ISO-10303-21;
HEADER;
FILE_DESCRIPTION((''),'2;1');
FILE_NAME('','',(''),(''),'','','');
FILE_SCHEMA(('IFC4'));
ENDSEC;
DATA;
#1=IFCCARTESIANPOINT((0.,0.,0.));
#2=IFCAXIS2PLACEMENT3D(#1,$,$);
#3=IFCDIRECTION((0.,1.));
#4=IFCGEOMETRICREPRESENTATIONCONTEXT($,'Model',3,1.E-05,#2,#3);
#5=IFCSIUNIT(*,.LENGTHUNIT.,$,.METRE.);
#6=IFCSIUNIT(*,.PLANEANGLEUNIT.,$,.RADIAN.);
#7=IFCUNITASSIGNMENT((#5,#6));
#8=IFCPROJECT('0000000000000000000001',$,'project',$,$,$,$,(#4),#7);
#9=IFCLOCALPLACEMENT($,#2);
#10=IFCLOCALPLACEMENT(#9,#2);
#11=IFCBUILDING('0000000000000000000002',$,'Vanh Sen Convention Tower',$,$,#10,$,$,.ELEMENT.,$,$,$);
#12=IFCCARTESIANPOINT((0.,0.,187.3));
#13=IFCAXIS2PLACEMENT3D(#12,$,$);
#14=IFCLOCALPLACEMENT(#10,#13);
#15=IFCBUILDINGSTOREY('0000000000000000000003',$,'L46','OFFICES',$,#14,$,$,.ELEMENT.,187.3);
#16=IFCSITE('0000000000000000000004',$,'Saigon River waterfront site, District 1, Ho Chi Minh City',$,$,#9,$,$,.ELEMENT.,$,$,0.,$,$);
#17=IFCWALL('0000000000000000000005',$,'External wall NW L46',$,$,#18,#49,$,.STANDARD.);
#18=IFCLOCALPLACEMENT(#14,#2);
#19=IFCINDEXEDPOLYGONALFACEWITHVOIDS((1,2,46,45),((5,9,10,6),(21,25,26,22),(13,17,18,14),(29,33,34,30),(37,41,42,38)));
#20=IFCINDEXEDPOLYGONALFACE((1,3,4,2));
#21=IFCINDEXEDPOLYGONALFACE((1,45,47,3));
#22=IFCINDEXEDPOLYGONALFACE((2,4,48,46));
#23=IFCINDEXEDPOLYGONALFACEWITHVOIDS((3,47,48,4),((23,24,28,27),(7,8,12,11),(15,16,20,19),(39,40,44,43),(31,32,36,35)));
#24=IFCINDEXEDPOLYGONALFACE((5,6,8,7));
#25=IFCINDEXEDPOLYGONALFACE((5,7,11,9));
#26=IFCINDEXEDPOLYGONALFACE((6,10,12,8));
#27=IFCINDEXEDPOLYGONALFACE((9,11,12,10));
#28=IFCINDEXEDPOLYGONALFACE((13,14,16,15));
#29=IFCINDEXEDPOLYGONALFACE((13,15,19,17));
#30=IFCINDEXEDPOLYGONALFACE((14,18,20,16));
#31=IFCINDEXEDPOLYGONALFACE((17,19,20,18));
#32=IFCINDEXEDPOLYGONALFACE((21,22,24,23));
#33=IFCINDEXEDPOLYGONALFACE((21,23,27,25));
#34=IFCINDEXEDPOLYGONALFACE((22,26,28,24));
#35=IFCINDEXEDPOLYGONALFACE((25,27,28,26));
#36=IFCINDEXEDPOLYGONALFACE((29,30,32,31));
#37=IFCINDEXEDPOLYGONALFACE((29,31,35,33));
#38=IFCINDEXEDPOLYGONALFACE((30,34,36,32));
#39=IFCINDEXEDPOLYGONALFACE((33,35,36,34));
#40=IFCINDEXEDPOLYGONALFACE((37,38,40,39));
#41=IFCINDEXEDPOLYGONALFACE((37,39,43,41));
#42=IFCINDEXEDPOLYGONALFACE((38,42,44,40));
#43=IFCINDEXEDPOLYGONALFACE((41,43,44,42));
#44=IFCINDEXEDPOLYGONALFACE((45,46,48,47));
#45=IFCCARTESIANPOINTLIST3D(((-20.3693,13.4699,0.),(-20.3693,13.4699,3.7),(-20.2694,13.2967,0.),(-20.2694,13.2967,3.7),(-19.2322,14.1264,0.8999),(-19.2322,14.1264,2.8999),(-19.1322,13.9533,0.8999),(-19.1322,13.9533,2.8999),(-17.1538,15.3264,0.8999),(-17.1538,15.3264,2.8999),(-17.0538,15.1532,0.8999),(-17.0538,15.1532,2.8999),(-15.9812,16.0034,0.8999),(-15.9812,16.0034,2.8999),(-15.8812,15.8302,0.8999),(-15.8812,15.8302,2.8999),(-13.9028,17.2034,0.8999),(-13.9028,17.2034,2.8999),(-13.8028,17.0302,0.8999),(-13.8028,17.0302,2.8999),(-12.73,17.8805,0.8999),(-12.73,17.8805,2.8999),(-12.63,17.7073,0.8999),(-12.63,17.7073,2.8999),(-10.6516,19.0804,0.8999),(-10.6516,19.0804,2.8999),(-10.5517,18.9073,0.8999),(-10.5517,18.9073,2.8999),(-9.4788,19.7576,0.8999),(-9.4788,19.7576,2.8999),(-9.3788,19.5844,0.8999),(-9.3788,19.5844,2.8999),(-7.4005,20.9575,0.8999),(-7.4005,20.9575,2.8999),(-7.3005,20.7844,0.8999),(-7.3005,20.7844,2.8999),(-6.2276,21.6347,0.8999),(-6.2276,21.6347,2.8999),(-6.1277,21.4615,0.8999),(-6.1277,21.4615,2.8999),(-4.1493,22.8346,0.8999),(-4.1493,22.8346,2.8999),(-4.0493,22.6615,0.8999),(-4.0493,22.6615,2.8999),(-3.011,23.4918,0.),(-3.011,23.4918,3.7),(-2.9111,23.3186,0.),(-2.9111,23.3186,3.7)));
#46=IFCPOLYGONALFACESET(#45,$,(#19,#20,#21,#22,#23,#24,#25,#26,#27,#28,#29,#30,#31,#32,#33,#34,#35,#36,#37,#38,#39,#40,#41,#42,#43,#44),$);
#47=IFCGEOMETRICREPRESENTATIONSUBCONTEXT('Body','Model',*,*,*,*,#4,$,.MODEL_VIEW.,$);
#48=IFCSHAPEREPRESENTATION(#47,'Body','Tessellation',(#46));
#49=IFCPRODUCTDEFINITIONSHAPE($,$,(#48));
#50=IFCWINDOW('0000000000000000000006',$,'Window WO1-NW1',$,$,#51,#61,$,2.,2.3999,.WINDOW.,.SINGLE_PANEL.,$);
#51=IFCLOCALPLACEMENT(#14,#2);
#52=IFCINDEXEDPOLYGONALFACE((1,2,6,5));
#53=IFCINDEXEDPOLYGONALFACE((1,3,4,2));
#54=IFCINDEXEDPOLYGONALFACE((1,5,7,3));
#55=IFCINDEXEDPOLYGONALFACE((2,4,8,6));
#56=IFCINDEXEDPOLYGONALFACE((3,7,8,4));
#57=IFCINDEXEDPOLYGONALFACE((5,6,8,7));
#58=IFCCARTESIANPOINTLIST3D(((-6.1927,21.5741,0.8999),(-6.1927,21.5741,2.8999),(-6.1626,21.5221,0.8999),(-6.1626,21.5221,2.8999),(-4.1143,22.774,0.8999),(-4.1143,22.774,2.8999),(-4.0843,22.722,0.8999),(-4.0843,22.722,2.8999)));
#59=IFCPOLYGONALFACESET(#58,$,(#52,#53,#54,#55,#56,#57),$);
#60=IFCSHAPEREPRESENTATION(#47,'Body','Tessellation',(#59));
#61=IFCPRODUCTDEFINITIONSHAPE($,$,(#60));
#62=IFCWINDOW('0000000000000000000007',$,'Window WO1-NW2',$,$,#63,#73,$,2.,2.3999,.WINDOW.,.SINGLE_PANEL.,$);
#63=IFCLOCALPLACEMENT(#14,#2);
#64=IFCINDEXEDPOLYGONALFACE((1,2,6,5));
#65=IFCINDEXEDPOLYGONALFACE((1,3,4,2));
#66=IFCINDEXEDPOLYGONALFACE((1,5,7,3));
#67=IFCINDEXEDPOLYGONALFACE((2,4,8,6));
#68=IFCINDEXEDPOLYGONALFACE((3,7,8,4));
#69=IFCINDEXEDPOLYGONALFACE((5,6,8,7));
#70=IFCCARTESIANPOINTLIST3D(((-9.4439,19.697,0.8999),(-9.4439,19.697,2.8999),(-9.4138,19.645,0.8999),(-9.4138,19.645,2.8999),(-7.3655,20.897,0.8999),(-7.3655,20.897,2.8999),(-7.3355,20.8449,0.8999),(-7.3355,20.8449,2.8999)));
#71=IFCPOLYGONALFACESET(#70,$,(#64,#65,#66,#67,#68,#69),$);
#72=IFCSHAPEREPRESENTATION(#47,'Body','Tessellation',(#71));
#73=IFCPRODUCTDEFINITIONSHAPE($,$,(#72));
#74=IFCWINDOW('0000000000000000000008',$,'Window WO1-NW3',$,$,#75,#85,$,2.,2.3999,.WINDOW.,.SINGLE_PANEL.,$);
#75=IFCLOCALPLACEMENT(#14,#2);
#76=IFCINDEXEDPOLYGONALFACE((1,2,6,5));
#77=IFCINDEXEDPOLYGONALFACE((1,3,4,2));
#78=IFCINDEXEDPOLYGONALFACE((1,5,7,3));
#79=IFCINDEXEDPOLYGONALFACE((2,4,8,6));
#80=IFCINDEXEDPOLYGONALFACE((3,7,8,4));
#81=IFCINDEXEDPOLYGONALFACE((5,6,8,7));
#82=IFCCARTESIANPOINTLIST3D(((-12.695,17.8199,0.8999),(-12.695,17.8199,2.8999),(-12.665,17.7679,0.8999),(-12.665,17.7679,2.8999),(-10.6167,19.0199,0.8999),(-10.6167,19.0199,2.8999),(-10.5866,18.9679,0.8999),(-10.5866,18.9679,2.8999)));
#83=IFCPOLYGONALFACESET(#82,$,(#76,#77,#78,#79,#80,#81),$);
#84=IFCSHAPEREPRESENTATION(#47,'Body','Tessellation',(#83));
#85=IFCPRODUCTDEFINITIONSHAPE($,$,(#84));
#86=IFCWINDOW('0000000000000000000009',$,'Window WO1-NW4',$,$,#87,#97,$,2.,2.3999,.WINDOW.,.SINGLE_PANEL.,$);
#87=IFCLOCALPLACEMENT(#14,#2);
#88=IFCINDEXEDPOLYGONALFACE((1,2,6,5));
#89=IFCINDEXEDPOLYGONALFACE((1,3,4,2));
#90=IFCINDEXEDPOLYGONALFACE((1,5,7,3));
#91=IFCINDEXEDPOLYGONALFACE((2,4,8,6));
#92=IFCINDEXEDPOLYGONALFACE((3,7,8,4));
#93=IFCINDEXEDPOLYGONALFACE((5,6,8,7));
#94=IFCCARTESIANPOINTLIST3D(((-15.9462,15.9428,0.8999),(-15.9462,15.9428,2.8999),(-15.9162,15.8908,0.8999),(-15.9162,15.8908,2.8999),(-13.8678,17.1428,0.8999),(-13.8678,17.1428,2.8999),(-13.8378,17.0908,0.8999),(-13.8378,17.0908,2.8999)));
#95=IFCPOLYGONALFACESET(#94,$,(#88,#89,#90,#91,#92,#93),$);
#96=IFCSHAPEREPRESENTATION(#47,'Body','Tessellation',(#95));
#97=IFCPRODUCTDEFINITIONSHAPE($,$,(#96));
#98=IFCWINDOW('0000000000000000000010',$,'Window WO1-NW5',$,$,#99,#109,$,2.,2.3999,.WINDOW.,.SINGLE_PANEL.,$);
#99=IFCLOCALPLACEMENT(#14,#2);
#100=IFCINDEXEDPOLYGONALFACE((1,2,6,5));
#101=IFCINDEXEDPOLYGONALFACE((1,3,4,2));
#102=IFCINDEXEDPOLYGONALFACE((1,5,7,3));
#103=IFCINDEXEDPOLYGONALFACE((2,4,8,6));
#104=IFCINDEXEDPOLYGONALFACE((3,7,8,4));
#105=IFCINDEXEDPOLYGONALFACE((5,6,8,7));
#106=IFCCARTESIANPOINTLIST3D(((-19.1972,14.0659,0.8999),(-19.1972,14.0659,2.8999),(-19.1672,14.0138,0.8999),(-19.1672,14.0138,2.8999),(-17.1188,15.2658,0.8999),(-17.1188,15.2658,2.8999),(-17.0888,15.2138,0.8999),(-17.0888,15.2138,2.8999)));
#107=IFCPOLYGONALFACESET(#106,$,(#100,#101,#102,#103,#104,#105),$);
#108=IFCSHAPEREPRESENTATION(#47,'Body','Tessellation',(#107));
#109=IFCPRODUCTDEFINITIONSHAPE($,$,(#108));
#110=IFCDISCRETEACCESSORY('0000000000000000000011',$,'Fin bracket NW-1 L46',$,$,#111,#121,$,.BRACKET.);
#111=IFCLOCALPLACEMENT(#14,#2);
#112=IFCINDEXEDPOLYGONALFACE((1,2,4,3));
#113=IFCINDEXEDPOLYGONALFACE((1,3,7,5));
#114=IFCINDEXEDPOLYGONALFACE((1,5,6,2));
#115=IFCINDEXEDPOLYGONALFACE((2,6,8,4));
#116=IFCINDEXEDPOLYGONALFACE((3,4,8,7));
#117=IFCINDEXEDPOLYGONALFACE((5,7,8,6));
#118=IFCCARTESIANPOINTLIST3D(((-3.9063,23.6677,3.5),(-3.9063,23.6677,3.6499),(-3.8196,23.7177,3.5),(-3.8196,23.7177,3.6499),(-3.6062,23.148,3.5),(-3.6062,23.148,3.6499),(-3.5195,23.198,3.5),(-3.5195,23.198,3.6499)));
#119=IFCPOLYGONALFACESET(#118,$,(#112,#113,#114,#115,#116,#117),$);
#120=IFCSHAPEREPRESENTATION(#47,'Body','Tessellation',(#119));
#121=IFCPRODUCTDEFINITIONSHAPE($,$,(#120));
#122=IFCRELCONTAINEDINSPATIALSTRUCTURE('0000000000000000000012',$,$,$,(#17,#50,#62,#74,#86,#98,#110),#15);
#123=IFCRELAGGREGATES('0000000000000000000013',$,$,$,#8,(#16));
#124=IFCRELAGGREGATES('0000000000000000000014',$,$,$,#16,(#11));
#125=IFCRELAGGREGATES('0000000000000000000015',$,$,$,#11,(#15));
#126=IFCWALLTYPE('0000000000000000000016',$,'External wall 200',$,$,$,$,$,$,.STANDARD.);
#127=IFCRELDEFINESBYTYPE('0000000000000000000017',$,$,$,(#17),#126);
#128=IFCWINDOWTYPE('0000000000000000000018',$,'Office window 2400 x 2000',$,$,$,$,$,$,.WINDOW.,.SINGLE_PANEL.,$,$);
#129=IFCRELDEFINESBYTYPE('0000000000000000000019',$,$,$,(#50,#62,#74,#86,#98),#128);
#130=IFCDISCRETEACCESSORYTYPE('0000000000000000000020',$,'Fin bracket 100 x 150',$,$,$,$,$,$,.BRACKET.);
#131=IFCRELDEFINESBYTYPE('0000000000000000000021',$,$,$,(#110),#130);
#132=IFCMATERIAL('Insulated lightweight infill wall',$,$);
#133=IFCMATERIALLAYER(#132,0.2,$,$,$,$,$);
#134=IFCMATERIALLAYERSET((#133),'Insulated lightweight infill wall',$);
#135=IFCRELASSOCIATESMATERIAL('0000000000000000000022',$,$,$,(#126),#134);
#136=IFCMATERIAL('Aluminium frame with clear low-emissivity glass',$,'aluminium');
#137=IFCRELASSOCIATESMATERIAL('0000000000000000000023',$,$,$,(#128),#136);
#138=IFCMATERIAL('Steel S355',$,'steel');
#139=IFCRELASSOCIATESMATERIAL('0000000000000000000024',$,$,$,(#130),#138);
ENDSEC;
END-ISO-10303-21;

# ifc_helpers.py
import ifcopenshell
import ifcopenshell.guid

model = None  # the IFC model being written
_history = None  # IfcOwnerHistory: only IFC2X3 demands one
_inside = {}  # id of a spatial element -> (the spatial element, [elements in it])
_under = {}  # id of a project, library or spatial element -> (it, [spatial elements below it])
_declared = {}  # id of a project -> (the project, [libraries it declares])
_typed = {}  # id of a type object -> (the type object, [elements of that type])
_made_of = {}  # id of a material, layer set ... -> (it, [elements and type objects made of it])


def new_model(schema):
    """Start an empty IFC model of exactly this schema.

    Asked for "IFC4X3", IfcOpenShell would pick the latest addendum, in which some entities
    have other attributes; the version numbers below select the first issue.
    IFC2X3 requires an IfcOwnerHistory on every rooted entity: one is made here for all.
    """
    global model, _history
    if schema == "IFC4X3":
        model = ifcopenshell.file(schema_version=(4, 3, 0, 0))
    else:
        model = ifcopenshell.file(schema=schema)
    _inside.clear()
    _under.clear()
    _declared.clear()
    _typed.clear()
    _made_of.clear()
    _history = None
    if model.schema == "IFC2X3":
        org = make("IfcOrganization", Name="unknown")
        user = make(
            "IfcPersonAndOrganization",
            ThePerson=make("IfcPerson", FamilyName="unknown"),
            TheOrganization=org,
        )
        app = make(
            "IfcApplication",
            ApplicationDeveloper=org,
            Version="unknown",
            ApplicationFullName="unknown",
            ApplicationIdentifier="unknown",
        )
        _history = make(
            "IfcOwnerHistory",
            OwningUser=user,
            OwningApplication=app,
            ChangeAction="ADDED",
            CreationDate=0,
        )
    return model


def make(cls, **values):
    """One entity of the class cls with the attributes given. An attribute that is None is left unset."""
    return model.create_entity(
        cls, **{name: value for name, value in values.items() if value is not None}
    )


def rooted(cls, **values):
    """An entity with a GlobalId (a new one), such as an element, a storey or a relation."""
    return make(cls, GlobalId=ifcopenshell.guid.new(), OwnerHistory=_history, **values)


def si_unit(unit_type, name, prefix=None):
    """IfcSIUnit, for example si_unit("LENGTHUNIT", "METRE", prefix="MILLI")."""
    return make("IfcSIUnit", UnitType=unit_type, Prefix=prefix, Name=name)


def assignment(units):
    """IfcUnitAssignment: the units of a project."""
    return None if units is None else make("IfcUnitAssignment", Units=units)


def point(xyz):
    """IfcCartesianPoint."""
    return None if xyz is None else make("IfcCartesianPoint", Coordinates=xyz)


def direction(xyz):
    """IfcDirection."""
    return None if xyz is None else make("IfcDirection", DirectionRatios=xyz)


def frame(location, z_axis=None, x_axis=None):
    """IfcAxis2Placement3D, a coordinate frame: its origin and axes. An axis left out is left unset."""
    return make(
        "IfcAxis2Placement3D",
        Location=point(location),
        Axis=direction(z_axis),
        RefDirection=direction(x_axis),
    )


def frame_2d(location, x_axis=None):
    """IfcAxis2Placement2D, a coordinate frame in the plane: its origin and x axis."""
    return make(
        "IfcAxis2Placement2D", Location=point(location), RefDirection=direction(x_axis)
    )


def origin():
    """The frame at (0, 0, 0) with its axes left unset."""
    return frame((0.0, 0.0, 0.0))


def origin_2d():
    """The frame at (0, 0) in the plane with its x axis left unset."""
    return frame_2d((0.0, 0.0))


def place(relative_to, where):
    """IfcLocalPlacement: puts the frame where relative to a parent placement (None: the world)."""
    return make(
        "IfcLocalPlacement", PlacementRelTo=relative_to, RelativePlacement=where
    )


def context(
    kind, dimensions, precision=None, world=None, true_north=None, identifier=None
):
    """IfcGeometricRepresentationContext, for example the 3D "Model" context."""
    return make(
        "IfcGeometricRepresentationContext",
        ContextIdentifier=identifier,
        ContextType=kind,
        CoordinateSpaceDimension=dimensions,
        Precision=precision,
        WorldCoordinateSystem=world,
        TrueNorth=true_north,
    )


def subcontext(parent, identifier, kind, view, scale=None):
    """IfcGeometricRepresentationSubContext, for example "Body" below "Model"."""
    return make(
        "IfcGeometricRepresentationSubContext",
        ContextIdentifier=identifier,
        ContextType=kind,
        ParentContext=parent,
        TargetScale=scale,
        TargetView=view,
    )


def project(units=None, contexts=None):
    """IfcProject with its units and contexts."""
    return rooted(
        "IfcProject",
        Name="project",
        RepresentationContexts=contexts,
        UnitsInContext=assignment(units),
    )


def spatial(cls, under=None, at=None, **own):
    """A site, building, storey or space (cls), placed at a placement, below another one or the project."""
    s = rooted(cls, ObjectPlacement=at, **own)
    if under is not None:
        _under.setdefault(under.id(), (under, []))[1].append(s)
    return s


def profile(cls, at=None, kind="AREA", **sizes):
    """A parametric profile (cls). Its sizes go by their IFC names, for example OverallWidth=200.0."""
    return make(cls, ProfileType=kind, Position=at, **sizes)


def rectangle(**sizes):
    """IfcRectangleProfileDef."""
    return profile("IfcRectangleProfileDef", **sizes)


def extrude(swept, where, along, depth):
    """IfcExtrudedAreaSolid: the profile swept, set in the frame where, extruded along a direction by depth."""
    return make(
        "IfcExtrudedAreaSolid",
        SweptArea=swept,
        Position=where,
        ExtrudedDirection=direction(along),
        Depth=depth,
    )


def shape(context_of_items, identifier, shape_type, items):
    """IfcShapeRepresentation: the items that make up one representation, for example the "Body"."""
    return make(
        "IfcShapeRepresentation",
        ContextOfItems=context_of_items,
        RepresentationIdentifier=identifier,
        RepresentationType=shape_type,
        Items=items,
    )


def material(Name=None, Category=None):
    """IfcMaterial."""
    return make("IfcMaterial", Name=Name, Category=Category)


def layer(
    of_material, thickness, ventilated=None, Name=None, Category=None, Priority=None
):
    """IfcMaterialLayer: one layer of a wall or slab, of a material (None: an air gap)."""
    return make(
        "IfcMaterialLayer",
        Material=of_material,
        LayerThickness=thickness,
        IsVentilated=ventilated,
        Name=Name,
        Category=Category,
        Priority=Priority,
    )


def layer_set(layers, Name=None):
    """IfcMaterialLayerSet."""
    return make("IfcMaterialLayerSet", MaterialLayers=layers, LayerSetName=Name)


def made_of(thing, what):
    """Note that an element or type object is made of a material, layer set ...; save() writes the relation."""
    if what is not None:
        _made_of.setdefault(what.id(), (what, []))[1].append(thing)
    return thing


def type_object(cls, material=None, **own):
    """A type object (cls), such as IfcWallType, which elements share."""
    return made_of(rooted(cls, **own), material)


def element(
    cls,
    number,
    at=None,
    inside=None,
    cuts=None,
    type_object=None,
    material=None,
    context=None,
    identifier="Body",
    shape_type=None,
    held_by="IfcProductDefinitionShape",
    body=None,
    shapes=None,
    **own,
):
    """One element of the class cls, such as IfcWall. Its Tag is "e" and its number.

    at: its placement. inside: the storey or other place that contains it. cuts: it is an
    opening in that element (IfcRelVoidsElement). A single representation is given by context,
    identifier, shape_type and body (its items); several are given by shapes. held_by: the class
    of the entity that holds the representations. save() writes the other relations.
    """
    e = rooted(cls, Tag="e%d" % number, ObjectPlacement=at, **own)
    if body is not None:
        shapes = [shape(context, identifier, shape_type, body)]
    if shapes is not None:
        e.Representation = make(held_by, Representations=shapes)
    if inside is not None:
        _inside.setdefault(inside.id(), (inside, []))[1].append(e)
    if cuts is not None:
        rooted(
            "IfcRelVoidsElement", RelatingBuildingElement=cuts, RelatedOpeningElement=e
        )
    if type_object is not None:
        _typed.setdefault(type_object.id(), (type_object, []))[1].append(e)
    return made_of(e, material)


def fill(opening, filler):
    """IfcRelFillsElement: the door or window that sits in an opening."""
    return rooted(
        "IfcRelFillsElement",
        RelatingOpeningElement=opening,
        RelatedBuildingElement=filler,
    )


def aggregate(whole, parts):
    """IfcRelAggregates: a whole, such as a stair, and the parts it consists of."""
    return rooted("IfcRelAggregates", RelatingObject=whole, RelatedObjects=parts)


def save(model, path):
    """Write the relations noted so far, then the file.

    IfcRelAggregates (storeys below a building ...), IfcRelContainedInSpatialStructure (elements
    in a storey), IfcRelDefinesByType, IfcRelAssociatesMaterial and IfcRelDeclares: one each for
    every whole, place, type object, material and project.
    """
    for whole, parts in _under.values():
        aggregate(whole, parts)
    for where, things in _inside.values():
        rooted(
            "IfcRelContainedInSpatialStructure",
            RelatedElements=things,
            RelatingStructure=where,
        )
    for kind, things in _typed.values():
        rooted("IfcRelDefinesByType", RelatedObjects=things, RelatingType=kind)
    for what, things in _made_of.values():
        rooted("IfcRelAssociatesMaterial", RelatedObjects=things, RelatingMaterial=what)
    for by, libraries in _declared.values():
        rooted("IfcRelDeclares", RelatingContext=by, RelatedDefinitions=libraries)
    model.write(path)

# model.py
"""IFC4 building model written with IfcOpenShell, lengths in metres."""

from ifc_helpers import new_model, si_unit, direction, frame, frame_2d, origin, origin_2d, place, context, subcontext, project, spatial, rectangle, extrude, material, layer, layer_set, type_object, element, fill, save


model = new_model("IFC4")

# Units and contexts
model_context = context("Model", 3, precision=1e-05, world=origin(), true_north=direction((0.0, 1.0)))
body_context = subcontext(model_context, "Body", "Model", "MODEL_VIEW")
ifc_project = project(units=[si_unit("LENGTHUNIT", "METRE"), si_unit("PLANEANGLEUNIT", "RADIAN")], contexts=[model_context])

# Site, building, storey
site_placement = place(None, origin())
site = spatial("IfcSite", under=ifc_project, at=site_placement, Name="Saigon River waterfront site, District 1, Ho Chi Minh City", CompositionType="ELEMENT", RefElevation=0.0)
building_placement = place(site_placement, origin())
building = spatial("IfcBuilding", under=site, at=building_placement, Name="Vanh Sen Convention Tower", CompositionType="ELEMENT")
storey_placement = place(building_placement, frame((0.0, 0.0, 187.3)))
storey = spatial("IfcBuildingStorey", under=building, at=storey_placement, Name="L46", Description="OFFICES", CompositionType="ELEMENT", Elevation=187.3)

# Wall, openings, windows
ifc_material_1 = material(Name="Insulated lightweight infill wall")
ifc_layer_1 = layer(ifc_material_1, 0.2)
ifc_layer_set_1 = layer_set([ifc_layer_1], Name="Insulated lightweight infill wall")
wall_type_1 = type_object("IfcWallType", Name="External wall 200", PredefinedType="STANDARD", material=ifc_layer_set_1)
wall_1_placement = place(storey_placement, frame((-2.9609, 23.4053, 0.0), z_axis=(0.0, 0.0, 1.0), x_axis=(-0.866023, -0.500004, 0.0)))
wall_1 = element("IfcWall", 1, at=wall_1_placement, inside=storey, type_object=wall_type_1, Name="External wall NW L46", PredefinedType="STANDARD", context=body_context, shape_type="SweptSolid", body=[
    extrude(rectangle(XDim=20.0437, YDim=0.2, at=frame_2d((10.022, 0.0))), origin(), (0.0, 0.0, 1.0), 3.7),
])
opening_1_placement = place(wall_1_placement, frame((1.3145, 0.0, 0.8999)))
opening_1 = element("IfcOpeningElement", 2, at=opening_1_placement, cuts=wall_1, PredefinedType="OPENING", context=body_context, shape_type="SweptSolid", body=[
    extrude(rectangle(XDim=2.3999, YDim=2.0, at=frame_2d((1.2, 1.0))), frame((0.0, 0.1099, 0.0), z_axis=(0.0, -1.0, 0.0), x_axis=(1.0, 0.0, 0.0)), (0.0, 0.0, 1.0), 0.22),
])
opening_2_placement = place(wall_1_placement, frame((5.0686, 0.0, 0.8999)))
opening_2 = element("IfcOpeningElement", 3, at=opening_2_placement, cuts=wall_1, PredefinedType="OPENING", context=body_context, shape_type="SweptSolid", body=[
    extrude(rectangle(XDim=2.3999, YDim=2.0, at=frame_2d((1.2, 1.0))), frame((0.0, 0.1099, 0.0), z_axis=(0.0, -1.0, 0.0), x_axis=(1.0, 0.0, 0.0)), (0.0, 0.0, 1.0), 0.22),
])
opening_3_placement = place(wall_1_placement, frame((8.8228, 0.0, 0.8999)))
opening_3 = element("IfcOpeningElement", 4, at=opening_3_placement, cuts=wall_1, PredefinedType="OPENING", context=body_context, shape_type="SweptSolid", body=[
    extrude(rectangle(XDim=2.3999, YDim=2.0, at=frame_2d((1.2, 1.0))), frame((0.0, 0.1099, 0.0), z_axis=(0.0, -1.0, 0.0), x_axis=(1.0, 0.0, 0.0)), (0.0, 0.0, 1.0), 0.22),
])
opening_4_placement = place(wall_1_placement, frame((12.5769, 0.0, 0.8999)))
opening_4 = element("IfcOpeningElement", 5, at=opening_4_placement, cuts=wall_1, PredefinedType="OPENING", context=body_context, shape_type="SweptSolid", body=[
    extrude(rectangle(XDim=2.3999, YDim=2.0, at=frame_2d((1.2, 1.0))), frame((0.0, 0.1099, 0.0), z_axis=(0.0, -1.0, 0.0), x_axis=(1.0, 0.0, 0.0)), (0.0, 0.0, 1.0), 0.22),
])
opening_5_placement = place(wall_1_placement, frame((16.3308, 0.0, 0.8999)))
opening_5 = element("IfcOpeningElement", 6, at=opening_5_placement, cuts=wall_1, PredefinedType="OPENING", context=body_context, shape_type="SweptSolid", body=[
    extrude(rectangle(XDim=2.3999, YDim=2.0, at=frame_2d((1.2, 1.0))), frame((0.0, 0.1099, 0.0), z_axis=(0.0, -1.0, 0.0), x_axis=(1.0, 0.0, 0.0)), (0.0, 0.0, 1.0), 0.22),
])
ifc_material_2 = material(Name="Aluminium frame with clear low-emissivity glass", Category="aluminium")
window_type = type_object("IfcWindowType", Name="Office window 2400 x 2000", PartitioningType="SINGLE_PANEL", PredefinedType="WINDOW", material=ifc_material_2)
window_1_placement = place(opening_1_placement, origin())
window_1 = element("IfcWindow", 7, at=window_1_placement, inside=storey, type_object=window_type, Name="Window WO1-NW1", OverallHeight=2.0, OverallWidth=2.3999, PartitioningType="SINGLE_PANEL", PredefinedType="WINDOW", context=body_context, shape_type="SweptSolid", body=[
    extrude(rectangle(XDim=2.3999, YDim=2.0, at=frame_2d((1.2, 1.0))), frame((0.0, 0.03, 0.0), z_axis=(0.0, -1.0, 0.0), x_axis=(1.0, 0.0, 0.0)), (0.0, 0.0, 1.0), 0.0601),
])
fill(opening_1, window_1)
window_2_placement = place(opening_2_placement, origin())
window_2 = element("IfcWindow", 8, at=window_2_placement, inside=storey, type_object=window_type, Name="Window WO1-NW2", OverallHeight=2.0, OverallWidth=2.3999, PartitioningType="SINGLE_PANEL", PredefinedType="WINDOW", context=body_context, shape_type="SweptSolid", body=[
    extrude(rectangle(XDim=2.3999, YDim=2.0, at=frame_2d((1.2, 1.0))), frame((0.0, 0.03, 0.0), z_axis=(0.0, -1.0, 0.0), x_axis=(1.0, 0.0, 0.0)), (0.0, 0.0, 1.0), 0.0601),
])
fill(opening_2, window_2)
window_3_placement = place(opening_3_placement, origin())
window_3 = element("IfcWindow", 9, at=window_3_placement, inside=storey, type_object=window_type, Name="Window WO1-NW3", OverallHeight=2.0, OverallWidth=2.3999, PartitioningType="SINGLE_PANEL", PredefinedType="WINDOW", context=body_context, shape_type="SweptSolid", body=[
    extrude(rectangle(XDim=2.3999, YDim=2.0, at=frame_2d((1.2, 1.0))), frame((0.0, 0.03, 0.0), z_axis=(0.0, -1.0, 0.0), x_axis=(1.0, 0.0, 0.0)), (0.0, 0.0, 1.0), 0.0601),
])
fill(opening_3, window_3)
window_4_placement = place(opening_4_placement, origin())
window_4 = element("IfcWindow", 10, at=window_4_placement, inside=storey, type_object=window_type, Name="Window WO1-NW4", OverallHeight=2.0, OverallWidth=2.3999, PartitioningType="SINGLE_PANEL", PredefinedType="WINDOW", context=body_context, shape_type="SweptSolid", body=[
    extrude(rectangle(XDim=2.3999, YDim=2.0, at=frame_2d((1.2, 1.0))), frame((0.0, 0.03, 0.0), z_axis=(0.0, -1.0, 0.0), x_axis=(1.0, 0.0, 0.0)), (0.0, 0.0, 1.0), 0.0601),
])
fill(opening_4, window_4)
window_5_placement = place(opening_5_placement, origin())
window_5 = element("IfcWindow", 11, at=window_5_placement, inside=storey, type_object=window_type, Name="Window WO1-NW5", OverallHeight=2.0, OverallWidth=2.3999, PartitioningType="SINGLE_PANEL", PredefinedType="WINDOW", context=body_context, shape_type="SweptSolid", body=[
    extrude(rectangle(XDim=2.3999, YDim=2.0, at=frame_2d((1.2, 1.0))), frame((0.0, 0.03, 0.0), z_axis=(0.0, -1.0, 0.0), x_axis=(1.0, 0.0, 0.0)), (0.0, 0.0, 1.0), 0.0601),
])
fill(opening_5, window_5)

# Discrete accessory
ifc_material_3 = material(Name="Steel S355", Category="steel")
discrete_accessory_type = type_object("IfcDiscreteAccessoryType", Name="Fin bracket 100 x 150", PredefinedType="BRACKET", material=ifc_material_3)
discrete_accessory_placement = place(storey_placement, frame((-3.7129, 23.4329, 3.5), z_axis=(0.0, 0.0, 1.0), x_axis=(-0.5, 0.866025, 0.0)))
element("IfcDiscreteAccessory", 12, at=discrete_accessory_placement, inside=storey, type_object=discrete_accessory_type, Name="Fin bracket NW-1 L46", PredefinedType="BRACKET", context=body_context, shape_type="SweptSolid", body=[
    extrude(rectangle(XDim=0.6001, YDim=0.1001, at=origin_2d()), origin(), (0.0, 0.0, 1.0), 0.1499),
])

save(model, "model.ifc")
